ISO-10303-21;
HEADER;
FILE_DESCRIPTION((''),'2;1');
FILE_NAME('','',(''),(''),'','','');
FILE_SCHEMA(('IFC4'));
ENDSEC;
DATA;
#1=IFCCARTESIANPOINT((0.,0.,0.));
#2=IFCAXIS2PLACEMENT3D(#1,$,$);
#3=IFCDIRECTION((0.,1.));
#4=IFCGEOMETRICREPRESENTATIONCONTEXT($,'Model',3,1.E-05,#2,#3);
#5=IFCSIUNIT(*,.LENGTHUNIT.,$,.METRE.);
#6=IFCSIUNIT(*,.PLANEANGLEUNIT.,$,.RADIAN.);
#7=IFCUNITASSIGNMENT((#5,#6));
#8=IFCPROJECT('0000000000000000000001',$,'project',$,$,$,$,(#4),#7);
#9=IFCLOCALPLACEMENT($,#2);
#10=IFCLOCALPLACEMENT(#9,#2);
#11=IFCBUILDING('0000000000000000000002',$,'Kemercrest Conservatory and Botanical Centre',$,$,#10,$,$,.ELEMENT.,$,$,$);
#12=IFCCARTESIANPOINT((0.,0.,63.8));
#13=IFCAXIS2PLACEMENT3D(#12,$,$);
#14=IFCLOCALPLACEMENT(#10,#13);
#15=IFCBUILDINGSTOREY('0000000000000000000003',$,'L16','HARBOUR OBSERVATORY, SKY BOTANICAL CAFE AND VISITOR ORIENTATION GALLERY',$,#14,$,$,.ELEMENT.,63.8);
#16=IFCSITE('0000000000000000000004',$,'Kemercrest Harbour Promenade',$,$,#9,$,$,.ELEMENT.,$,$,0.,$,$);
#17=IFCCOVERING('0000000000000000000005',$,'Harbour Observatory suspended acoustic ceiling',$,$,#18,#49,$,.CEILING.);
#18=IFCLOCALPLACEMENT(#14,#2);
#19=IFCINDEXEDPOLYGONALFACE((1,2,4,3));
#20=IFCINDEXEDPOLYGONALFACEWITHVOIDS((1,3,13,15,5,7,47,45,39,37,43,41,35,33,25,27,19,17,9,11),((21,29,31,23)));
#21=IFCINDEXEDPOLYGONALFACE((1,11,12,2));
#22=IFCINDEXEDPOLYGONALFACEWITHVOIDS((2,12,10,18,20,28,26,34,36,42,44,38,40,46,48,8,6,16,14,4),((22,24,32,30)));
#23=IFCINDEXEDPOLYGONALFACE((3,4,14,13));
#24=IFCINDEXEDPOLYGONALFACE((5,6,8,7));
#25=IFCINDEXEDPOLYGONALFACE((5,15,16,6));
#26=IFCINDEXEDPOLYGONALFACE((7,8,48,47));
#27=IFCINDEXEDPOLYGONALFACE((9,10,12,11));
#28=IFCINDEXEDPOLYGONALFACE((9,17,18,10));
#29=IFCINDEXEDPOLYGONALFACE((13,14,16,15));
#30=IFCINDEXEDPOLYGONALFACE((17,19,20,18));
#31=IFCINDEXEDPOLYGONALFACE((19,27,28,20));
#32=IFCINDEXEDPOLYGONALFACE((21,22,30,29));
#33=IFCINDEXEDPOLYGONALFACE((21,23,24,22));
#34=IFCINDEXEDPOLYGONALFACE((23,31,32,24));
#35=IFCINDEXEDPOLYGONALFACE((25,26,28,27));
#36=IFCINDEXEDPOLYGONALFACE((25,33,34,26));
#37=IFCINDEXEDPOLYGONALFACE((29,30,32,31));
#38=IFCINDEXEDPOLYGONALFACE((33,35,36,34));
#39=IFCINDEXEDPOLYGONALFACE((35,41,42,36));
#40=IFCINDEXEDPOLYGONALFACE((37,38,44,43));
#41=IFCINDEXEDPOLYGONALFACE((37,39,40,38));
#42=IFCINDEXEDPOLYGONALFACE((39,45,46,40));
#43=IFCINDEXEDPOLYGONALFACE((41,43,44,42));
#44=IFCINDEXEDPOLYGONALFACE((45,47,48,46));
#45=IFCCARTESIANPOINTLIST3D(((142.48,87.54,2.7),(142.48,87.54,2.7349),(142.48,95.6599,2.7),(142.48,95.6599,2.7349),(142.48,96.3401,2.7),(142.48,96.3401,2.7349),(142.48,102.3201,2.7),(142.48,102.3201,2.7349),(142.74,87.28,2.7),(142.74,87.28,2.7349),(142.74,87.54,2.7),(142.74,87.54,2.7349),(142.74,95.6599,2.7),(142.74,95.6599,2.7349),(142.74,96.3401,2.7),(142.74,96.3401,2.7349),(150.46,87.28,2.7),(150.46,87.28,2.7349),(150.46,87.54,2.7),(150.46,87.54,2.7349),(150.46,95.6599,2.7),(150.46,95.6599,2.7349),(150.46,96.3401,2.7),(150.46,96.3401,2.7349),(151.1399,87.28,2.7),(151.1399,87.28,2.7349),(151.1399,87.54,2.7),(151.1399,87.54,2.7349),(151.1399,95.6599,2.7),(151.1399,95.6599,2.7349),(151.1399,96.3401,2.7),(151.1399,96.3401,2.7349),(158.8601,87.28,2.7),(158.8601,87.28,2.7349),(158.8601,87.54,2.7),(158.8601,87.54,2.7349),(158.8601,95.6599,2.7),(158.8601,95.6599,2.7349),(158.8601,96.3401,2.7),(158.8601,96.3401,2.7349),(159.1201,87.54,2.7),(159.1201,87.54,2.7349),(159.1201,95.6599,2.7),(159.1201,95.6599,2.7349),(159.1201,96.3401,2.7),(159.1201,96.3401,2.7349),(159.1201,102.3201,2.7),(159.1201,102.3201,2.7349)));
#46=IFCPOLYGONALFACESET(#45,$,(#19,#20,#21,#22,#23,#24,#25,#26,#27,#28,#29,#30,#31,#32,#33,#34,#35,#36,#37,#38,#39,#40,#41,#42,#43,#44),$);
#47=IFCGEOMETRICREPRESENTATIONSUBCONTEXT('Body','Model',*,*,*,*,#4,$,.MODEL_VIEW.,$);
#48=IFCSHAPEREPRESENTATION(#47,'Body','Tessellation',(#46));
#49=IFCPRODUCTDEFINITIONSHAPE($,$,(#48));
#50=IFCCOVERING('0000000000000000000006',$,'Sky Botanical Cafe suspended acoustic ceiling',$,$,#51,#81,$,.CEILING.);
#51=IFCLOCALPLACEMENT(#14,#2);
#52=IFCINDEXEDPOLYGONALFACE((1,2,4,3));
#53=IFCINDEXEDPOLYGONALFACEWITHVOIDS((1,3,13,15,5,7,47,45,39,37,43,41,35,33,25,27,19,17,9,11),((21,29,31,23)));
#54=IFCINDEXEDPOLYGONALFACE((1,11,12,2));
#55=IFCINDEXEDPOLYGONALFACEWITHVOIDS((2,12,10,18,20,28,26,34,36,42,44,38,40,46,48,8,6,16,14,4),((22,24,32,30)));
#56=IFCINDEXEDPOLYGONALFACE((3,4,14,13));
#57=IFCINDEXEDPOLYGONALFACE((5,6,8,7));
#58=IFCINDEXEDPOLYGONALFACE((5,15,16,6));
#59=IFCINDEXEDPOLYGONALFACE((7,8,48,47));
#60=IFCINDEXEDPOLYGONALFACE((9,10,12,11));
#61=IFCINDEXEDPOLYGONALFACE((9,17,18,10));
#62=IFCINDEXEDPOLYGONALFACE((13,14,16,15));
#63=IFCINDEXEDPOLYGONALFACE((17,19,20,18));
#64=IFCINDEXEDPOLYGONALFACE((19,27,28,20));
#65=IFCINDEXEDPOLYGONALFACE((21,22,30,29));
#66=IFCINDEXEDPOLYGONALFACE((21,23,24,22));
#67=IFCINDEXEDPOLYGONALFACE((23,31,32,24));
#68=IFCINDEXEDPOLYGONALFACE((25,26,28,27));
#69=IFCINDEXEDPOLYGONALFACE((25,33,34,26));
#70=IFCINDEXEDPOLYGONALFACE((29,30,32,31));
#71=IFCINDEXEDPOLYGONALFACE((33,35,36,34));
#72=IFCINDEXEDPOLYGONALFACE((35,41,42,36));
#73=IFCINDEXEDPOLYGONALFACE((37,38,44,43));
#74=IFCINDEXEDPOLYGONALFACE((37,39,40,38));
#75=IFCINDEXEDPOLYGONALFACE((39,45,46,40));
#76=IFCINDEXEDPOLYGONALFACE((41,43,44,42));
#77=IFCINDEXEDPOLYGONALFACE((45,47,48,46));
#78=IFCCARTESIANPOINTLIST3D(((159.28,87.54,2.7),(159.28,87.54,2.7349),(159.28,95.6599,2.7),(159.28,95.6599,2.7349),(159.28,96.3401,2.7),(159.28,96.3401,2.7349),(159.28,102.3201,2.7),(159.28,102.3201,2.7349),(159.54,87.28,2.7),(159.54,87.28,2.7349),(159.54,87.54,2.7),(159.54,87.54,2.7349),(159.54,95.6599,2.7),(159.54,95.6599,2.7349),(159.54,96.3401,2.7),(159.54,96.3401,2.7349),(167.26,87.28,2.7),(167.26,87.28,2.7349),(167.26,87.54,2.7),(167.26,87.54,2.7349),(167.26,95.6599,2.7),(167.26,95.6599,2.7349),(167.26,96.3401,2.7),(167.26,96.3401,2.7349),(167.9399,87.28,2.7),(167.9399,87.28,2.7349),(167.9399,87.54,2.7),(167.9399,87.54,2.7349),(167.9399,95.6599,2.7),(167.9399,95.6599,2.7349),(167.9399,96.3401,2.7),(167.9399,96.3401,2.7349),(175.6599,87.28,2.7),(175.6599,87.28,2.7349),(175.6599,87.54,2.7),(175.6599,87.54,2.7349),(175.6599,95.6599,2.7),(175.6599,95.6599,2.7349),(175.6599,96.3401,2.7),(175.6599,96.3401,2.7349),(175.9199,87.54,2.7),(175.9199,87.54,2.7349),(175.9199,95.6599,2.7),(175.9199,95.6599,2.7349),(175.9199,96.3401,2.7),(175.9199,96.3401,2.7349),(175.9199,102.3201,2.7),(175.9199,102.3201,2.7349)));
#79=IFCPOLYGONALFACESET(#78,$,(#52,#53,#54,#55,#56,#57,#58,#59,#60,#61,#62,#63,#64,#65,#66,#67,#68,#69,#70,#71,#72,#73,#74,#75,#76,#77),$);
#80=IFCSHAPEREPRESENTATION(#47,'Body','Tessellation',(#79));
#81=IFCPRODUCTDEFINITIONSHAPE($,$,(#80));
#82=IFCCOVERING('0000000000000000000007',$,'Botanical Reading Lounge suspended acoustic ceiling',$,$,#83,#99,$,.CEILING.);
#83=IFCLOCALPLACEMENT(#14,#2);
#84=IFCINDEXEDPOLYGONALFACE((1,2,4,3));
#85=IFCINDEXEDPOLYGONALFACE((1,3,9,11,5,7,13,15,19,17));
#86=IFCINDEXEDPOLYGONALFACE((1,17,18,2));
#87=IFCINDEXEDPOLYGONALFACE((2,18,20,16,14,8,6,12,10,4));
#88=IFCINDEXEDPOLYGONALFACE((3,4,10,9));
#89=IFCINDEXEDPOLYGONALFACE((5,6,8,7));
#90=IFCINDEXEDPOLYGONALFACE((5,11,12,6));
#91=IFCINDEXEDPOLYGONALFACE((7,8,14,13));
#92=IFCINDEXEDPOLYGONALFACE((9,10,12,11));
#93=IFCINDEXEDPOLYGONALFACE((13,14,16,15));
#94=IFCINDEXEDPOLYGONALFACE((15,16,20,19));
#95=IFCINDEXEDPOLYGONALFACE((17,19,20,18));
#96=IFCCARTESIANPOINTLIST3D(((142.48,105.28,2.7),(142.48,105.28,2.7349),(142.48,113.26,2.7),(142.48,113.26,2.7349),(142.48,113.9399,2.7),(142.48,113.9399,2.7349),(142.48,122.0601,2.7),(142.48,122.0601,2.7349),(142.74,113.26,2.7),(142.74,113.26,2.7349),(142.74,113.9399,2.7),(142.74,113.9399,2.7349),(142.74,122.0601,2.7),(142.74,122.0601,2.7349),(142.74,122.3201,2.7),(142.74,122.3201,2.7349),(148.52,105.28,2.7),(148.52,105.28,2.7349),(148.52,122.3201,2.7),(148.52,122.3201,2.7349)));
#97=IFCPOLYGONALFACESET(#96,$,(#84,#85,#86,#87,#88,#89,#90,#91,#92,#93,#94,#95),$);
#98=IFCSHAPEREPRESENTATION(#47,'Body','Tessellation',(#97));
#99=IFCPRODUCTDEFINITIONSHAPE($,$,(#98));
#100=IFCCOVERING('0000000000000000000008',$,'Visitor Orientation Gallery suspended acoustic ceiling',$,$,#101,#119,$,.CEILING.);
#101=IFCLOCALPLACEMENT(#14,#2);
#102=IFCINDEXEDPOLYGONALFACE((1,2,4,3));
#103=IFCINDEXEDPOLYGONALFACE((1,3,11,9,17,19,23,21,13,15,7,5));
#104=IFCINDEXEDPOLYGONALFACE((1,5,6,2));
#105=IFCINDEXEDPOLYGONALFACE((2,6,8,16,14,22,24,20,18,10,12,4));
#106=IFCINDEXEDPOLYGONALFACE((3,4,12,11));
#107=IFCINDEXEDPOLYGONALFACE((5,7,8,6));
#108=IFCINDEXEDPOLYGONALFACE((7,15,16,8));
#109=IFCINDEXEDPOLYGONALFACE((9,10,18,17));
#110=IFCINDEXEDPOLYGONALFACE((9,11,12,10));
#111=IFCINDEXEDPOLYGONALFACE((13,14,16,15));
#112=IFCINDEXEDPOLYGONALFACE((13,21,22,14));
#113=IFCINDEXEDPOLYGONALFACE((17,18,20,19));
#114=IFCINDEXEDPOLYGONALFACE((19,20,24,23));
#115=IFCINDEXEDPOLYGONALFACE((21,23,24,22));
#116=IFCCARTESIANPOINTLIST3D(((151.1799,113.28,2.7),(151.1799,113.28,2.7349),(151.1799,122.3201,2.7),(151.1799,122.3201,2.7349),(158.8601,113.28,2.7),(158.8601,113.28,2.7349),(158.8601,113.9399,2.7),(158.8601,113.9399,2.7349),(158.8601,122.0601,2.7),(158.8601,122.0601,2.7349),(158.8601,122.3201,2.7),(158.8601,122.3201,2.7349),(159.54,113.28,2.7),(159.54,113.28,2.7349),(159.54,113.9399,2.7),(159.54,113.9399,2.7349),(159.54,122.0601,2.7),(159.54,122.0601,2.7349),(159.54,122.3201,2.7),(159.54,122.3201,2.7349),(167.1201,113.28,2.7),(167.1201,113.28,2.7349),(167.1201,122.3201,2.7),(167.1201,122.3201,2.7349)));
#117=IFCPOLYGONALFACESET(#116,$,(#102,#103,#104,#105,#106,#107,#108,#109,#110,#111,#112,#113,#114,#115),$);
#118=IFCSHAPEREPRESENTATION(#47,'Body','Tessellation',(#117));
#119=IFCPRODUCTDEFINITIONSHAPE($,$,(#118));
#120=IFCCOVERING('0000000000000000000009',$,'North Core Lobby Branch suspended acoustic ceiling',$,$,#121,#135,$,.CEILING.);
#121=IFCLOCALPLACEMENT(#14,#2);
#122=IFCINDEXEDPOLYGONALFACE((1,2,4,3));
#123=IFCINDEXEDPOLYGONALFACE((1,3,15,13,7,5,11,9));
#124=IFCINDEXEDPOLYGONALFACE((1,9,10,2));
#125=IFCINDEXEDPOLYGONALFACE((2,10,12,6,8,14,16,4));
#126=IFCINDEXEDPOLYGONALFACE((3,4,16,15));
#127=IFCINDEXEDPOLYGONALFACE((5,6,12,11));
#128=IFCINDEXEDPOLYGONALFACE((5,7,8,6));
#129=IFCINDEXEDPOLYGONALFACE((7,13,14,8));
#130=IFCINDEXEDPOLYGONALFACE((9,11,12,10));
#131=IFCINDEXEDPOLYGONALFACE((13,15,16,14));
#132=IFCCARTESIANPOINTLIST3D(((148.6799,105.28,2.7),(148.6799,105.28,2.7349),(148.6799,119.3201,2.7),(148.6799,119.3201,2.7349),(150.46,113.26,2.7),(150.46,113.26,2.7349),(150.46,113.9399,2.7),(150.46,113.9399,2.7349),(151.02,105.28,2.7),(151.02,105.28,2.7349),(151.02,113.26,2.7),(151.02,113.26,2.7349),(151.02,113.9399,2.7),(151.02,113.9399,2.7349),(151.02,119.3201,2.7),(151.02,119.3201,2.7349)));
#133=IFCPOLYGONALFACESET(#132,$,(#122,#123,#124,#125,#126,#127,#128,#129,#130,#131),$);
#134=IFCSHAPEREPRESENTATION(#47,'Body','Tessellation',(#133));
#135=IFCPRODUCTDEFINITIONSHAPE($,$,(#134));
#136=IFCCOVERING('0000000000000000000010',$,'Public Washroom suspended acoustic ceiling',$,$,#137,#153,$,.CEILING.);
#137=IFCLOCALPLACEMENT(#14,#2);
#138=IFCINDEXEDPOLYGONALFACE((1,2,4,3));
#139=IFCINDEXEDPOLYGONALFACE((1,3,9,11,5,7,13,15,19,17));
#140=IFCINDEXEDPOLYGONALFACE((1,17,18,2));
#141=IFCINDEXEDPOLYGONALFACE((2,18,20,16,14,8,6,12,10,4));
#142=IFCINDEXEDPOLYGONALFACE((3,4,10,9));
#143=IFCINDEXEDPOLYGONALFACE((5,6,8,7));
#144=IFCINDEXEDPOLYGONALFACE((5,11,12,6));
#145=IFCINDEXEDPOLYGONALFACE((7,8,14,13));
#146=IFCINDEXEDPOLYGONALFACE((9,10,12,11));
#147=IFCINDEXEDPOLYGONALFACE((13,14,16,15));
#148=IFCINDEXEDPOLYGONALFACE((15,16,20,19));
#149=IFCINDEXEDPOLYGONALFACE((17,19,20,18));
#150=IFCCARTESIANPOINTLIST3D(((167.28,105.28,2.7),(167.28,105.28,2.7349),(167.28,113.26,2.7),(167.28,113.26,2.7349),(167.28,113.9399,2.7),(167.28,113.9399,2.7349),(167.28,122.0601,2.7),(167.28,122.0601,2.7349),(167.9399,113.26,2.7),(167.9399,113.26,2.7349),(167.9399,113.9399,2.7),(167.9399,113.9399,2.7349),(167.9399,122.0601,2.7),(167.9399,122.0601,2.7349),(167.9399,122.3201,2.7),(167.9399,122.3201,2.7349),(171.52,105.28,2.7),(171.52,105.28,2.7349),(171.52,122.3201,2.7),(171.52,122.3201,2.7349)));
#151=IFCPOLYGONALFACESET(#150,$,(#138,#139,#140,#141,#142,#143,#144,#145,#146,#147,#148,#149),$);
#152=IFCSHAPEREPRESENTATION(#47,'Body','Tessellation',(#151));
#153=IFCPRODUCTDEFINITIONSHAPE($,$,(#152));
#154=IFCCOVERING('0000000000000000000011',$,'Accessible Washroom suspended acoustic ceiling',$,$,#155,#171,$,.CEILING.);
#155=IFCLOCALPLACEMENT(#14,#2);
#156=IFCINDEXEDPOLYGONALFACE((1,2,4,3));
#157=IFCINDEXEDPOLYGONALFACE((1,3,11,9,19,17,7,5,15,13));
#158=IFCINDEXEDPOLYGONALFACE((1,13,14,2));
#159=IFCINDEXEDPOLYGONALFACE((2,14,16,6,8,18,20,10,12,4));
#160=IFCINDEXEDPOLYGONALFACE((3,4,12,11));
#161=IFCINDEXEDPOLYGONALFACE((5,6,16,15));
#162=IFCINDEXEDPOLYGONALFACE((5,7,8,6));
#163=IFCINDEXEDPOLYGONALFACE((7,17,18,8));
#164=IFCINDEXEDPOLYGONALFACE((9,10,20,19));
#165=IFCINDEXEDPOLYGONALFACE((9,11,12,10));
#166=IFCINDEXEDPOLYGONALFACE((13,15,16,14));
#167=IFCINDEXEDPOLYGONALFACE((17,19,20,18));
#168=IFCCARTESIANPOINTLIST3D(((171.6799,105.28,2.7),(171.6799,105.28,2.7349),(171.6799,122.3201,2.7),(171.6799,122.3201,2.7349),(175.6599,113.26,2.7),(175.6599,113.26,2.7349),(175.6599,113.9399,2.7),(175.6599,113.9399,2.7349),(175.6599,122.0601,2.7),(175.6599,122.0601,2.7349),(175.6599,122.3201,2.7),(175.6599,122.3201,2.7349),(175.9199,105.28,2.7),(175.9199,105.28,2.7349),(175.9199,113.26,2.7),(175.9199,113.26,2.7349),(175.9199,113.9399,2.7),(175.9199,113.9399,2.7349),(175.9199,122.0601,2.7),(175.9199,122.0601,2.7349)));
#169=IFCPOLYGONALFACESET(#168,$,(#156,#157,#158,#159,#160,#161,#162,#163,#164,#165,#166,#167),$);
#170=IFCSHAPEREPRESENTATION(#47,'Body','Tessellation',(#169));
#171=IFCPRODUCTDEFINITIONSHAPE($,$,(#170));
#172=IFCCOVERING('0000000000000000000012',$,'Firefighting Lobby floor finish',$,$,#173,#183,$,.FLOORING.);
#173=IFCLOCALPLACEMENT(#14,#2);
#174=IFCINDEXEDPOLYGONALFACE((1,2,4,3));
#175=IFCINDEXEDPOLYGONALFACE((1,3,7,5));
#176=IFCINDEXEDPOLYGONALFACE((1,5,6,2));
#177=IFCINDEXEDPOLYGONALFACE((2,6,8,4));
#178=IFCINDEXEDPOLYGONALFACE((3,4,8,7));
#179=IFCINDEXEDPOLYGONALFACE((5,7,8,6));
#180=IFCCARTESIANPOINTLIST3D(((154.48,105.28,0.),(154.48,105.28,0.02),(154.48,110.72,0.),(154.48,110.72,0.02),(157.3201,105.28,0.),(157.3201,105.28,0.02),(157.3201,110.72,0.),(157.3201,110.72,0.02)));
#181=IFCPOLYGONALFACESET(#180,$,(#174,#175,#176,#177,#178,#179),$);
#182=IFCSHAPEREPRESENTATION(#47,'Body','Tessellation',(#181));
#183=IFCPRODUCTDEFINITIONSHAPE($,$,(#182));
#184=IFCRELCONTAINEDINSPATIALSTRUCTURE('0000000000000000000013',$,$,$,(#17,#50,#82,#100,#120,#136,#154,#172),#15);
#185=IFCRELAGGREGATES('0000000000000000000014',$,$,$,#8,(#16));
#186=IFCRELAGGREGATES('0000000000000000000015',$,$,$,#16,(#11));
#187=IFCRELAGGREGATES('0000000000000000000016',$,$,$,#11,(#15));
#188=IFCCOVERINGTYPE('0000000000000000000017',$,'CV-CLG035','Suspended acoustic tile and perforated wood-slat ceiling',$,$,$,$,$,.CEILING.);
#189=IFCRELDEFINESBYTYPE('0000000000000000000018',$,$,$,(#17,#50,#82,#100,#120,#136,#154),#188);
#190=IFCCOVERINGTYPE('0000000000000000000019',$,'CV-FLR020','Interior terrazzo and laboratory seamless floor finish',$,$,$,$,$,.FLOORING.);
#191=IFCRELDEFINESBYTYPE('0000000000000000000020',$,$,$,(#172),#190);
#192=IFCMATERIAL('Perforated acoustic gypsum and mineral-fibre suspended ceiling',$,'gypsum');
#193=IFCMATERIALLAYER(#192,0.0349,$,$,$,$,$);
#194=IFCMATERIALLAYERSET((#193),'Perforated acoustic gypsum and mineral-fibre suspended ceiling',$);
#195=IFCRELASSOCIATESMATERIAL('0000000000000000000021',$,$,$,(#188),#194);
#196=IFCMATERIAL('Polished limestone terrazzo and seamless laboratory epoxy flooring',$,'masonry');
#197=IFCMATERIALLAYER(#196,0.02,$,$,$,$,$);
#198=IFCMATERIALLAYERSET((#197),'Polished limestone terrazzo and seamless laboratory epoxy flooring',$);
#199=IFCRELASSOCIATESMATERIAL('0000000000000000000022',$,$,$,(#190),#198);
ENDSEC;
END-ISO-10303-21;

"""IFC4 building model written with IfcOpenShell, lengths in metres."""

from ifc_helpers import new_model, si_unit, direction, frame, origin, place, context, subcontext, project, spatial, polyline, outline, extrude, material, layer, layer_set, type_object, element, save


model = new_model("IFC4")

# Units and contexts
model_context = context("Model", 3, precision=1e-05, world=origin(), true_north=direction((0.0, 1.0)))
body_context = subcontext(model_context, "Body", "Model", "MODEL_VIEW")
ifc_project = project(units=[si_unit("LENGTHUNIT", "METRE"), si_unit("PLANEANGLEUNIT", "RADIAN")], contexts=[model_context])

# Site, building, storey
site_placement = place(None, origin())
site = spatial("IfcSite", under=ifc_project, at=site_placement, Name="Kemercrest Harbour Promenade", CompositionType="ELEMENT", RefElevation=0.0)
building_placement = place(site_placement, origin())
building = spatial("IfcBuilding", under=site, at=building_placement, Name="Kemercrest Conservatory and Botanical Centre", CompositionType="ELEMENT")
storey_placement = place(building_placement, frame((0.0, 0.0, 63.8)))
storey = spatial("IfcBuildingStorey", under=building, at=storey_placement, Name="L16", Description="HARBOUR OBSERVATORY, SKY BOTANICAL CAFE AND VISITOR ORIENTATION GALLERY", CompositionType="ELEMENT", Elevation=63.8)

# Coverings
ifc_material_1 = material(Name="Perforated acoustic gypsum and mineral-fibre suspended ceiling", Category="gypsum")
ifc_layer_1 = layer(ifc_material_1, 0.0349)
ifc_layer_set_1 = layer_set([ifc_layer_1], Name="Perforated acoustic gypsum and mineral-fibre suspended ceiling")
covering_type_1 = type_object("IfcCoveringType", Name="CV-CLG035", Description="Suspended acoustic tile and perforated wood-slat ceiling", PredefinedType="CEILING", material=ifc_layer_set_1)
covering_1_placement = place(storey_placement, frame((0.0, 0.0, 2.7)))
element("IfcCovering", 1, at=covering_1_placement, inside=storey, type_object=covering_type_1, Name="Harbour Observatory suspended acoustic ceiling", PredefinedType="CEILING", context=body_context, shape_type="SweptSolid", body=[
    extrude(outline(polyline([(150.46, 87.54), (151.1399, 87.54), (151.1399, 87.28), (158.8601, 87.28), (158.8601, 87.54), (159.1201, 87.54), (159.1201, 95.6599), (158.8601, 95.6599), (158.8601, 96.3401), (159.1201, 96.3401), (159.1201, 102.3201), (142.48, 102.3201), (142.48, 96.3401), (142.74, 96.3401), (142.74, 95.6599), (142.48, 95.6599), (142.48, 87.54), (142.74, 87.54), (142.74, 87.28), (150.46, 87.28), (150.46, 87.54)]), holes=[polyline([(150.46, 95.6599), (150.46, 96.3401), (151.1399, 96.3401), (151.1399, 95.6599), (150.46, 95.6599)])]), origin(), (0.0, 0.0, 1.0), 0.0349),
])
covering_2_placement = place(storey_placement, frame((0.0, 0.0, 2.7)))
element("IfcCovering", 2, at=covering_2_placement, inside=storey, type_object=covering_type_1, Name="Sky Botanical Cafe suspended acoustic ceiling", PredefinedType="CEILING", context=body_context, shape_type="SweptSolid", body=[
    extrude(outline(polyline([(167.26, 87.54), (167.9399, 87.54), (167.9399, 87.28), (175.6599, 87.28), (175.6599, 87.54), (175.9199, 87.54), (175.9199, 95.6599), (175.6599, 95.6599), (175.6599, 96.3401), (175.9199, 96.3401), (175.9199, 102.3201), (159.28, 102.3201), (159.28, 96.3401), (159.54, 96.3401), (159.54, 95.6599), (159.28, 95.6599), (159.28, 87.54), (159.54, 87.54), (159.54, 87.28), (167.26, 87.28), (167.26, 87.54)]), holes=[polyline([(167.26, 96.3401), (167.9399, 96.3401), (167.9399, 95.6599), (167.26, 95.6599), (167.26, 96.3401)])]), origin(), (0.0, 0.0, 1.0), 0.0349),
])
covering_3_placement = place(storey_placement, frame((0.0, 0.0, 2.7)))
element("IfcCovering", 3, at=covering_3_placement, inside=storey, type_object=covering_type_1, Name="Botanical Reading Lounge suspended acoustic ceiling", PredefinedType="CEILING", context=body_context, shape_type="SweptSolid", body=[
    extrude(outline(polyline([(142.48, 105.28), (148.52, 105.28), (148.52, 122.3201), (142.74, 122.3201), (142.74, 122.0601), (142.48, 122.0601), (142.48, 113.9399), (142.74, 113.9399), (142.74, 113.26), (142.48, 113.26), (142.48, 105.28)])), origin(), (0.0, 0.0, 1.0), 0.0349),
])
covering_4_placement = place(storey_placement, frame((0.0, 0.0, 2.7)))
element("IfcCovering", 4, at=covering_4_placement, inside=storey, type_object=covering_type_1, Name="Visitor Orientation Gallery suspended acoustic ceiling", PredefinedType="CEILING", context=body_context, shape_type="SweptSolid", body=[
    extrude(outline(polyline([(159.54, 113.28), (167.1201, 113.28), (167.1201, 122.3201), (159.54, 122.3201), (159.54, 122.0601), (158.8601, 122.0601), (158.8601, 122.3201), (151.1799, 122.3201), (151.1799, 113.28), (158.8601, 113.28), (158.8601, 113.9399), (159.54, 113.9399), (159.54, 113.28)])), origin(), (0.0, 0.0, 1.0), 0.0349),
])
covering_5_placement = place(storey_placement, frame((0.0, 0.0, 2.7)))
element("IfcCovering", 5, at=covering_5_placement, inside=storey, type_object=covering_type_1, Name="North Core Lobby Branch suspended acoustic ceiling", PredefinedType="CEILING", context=body_context, shape_type="SweptSolid", body=[
    extrude(outline(polyline([(148.6799, 105.28), (151.02, 105.28), (151.02, 113.26), (150.46, 113.26), (150.46, 113.9399), (151.02, 113.9399), (151.02, 119.3201), (148.6799, 119.3201), (148.6799, 105.28)])), origin(), (0.0, 0.0, 1.0), 0.0349),
])
covering_6_placement = place(storey_placement, frame((0.0, 0.0, 2.7)))
element("IfcCovering", 6, at=covering_6_placement, inside=storey, type_object=covering_type_1, Name="Public Washroom suspended acoustic ceiling", PredefinedType="CEILING", context=body_context, shape_type="SweptSolid", body=[
    extrude(outline(polyline([(167.28, 105.28), (171.52, 105.28), (171.52, 122.3201), (167.9399, 122.3201), (167.9399, 122.0601), (167.28, 122.0601), (167.28, 113.9399), (167.9399, 113.9399), (167.9399, 113.26), (167.28, 113.26), (167.28, 105.28)])), origin(), (0.0, 0.0, 1.0), 0.0349),
])
covering_7_placement = place(storey_placement, frame((0.0, 0.0, 2.7)))
element("IfcCovering", 7, at=covering_7_placement, inside=storey, type_object=covering_type_1, Name="Accessible Washroom suspended acoustic ceiling", PredefinedType="CEILING", context=body_context, shape_type="SweptSolid", body=[
    extrude(outline(polyline([(171.6799, 105.28), (175.9199, 105.28), (175.9199, 113.26), (175.6599, 113.26), (175.6599, 113.9399), (175.9199, 113.9399), (175.9199, 122.0601), (175.6599, 122.0601), (175.6599, 122.3201), (171.6799, 122.3201), (171.6799, 105.28)])), origin(), (0.0, 0.0, 1.0), 0.0349),
])
ifc_material_2 = material(Name="Polished limestone terrazzo and seamless laboratory epoxy flooring", Category="masonry")
ifc_layer_2 = layer(ifc_material_2, 0.02)
ifc_layer_set_2 = layer_set([ifc_layer_2], Name="Polished limestone terrazzo and seamless laboratory epoxy flooring")
covering_type_2 = type_object("IfcCoveringType", Name="CV-FLR020", Description="Interior terrazzo and laboratory seamless floor finish", PredefinedType="FLOORING", material=ifc_layer_set_2)
covering_8_placement = place(storey_placement, origin())
element("IfcCovering", 8, at=covering_8_placement, inside=storey, type_object=covering_type_2, Name="Firefighting Lobby floor finish", PredefinedType="FLOORING", context=body_context, shape_type="SweptSolid", body=[
    extrude(outline(polyline([(154.48, 105.28), (157.3201, 105.28), (157.3201, 110.72), (154.48, 110.72), (154.48, 105.28)])), origin(), (0.0, 0.0, 1.0), 0.02),
])

save(model, "model.ifc")
